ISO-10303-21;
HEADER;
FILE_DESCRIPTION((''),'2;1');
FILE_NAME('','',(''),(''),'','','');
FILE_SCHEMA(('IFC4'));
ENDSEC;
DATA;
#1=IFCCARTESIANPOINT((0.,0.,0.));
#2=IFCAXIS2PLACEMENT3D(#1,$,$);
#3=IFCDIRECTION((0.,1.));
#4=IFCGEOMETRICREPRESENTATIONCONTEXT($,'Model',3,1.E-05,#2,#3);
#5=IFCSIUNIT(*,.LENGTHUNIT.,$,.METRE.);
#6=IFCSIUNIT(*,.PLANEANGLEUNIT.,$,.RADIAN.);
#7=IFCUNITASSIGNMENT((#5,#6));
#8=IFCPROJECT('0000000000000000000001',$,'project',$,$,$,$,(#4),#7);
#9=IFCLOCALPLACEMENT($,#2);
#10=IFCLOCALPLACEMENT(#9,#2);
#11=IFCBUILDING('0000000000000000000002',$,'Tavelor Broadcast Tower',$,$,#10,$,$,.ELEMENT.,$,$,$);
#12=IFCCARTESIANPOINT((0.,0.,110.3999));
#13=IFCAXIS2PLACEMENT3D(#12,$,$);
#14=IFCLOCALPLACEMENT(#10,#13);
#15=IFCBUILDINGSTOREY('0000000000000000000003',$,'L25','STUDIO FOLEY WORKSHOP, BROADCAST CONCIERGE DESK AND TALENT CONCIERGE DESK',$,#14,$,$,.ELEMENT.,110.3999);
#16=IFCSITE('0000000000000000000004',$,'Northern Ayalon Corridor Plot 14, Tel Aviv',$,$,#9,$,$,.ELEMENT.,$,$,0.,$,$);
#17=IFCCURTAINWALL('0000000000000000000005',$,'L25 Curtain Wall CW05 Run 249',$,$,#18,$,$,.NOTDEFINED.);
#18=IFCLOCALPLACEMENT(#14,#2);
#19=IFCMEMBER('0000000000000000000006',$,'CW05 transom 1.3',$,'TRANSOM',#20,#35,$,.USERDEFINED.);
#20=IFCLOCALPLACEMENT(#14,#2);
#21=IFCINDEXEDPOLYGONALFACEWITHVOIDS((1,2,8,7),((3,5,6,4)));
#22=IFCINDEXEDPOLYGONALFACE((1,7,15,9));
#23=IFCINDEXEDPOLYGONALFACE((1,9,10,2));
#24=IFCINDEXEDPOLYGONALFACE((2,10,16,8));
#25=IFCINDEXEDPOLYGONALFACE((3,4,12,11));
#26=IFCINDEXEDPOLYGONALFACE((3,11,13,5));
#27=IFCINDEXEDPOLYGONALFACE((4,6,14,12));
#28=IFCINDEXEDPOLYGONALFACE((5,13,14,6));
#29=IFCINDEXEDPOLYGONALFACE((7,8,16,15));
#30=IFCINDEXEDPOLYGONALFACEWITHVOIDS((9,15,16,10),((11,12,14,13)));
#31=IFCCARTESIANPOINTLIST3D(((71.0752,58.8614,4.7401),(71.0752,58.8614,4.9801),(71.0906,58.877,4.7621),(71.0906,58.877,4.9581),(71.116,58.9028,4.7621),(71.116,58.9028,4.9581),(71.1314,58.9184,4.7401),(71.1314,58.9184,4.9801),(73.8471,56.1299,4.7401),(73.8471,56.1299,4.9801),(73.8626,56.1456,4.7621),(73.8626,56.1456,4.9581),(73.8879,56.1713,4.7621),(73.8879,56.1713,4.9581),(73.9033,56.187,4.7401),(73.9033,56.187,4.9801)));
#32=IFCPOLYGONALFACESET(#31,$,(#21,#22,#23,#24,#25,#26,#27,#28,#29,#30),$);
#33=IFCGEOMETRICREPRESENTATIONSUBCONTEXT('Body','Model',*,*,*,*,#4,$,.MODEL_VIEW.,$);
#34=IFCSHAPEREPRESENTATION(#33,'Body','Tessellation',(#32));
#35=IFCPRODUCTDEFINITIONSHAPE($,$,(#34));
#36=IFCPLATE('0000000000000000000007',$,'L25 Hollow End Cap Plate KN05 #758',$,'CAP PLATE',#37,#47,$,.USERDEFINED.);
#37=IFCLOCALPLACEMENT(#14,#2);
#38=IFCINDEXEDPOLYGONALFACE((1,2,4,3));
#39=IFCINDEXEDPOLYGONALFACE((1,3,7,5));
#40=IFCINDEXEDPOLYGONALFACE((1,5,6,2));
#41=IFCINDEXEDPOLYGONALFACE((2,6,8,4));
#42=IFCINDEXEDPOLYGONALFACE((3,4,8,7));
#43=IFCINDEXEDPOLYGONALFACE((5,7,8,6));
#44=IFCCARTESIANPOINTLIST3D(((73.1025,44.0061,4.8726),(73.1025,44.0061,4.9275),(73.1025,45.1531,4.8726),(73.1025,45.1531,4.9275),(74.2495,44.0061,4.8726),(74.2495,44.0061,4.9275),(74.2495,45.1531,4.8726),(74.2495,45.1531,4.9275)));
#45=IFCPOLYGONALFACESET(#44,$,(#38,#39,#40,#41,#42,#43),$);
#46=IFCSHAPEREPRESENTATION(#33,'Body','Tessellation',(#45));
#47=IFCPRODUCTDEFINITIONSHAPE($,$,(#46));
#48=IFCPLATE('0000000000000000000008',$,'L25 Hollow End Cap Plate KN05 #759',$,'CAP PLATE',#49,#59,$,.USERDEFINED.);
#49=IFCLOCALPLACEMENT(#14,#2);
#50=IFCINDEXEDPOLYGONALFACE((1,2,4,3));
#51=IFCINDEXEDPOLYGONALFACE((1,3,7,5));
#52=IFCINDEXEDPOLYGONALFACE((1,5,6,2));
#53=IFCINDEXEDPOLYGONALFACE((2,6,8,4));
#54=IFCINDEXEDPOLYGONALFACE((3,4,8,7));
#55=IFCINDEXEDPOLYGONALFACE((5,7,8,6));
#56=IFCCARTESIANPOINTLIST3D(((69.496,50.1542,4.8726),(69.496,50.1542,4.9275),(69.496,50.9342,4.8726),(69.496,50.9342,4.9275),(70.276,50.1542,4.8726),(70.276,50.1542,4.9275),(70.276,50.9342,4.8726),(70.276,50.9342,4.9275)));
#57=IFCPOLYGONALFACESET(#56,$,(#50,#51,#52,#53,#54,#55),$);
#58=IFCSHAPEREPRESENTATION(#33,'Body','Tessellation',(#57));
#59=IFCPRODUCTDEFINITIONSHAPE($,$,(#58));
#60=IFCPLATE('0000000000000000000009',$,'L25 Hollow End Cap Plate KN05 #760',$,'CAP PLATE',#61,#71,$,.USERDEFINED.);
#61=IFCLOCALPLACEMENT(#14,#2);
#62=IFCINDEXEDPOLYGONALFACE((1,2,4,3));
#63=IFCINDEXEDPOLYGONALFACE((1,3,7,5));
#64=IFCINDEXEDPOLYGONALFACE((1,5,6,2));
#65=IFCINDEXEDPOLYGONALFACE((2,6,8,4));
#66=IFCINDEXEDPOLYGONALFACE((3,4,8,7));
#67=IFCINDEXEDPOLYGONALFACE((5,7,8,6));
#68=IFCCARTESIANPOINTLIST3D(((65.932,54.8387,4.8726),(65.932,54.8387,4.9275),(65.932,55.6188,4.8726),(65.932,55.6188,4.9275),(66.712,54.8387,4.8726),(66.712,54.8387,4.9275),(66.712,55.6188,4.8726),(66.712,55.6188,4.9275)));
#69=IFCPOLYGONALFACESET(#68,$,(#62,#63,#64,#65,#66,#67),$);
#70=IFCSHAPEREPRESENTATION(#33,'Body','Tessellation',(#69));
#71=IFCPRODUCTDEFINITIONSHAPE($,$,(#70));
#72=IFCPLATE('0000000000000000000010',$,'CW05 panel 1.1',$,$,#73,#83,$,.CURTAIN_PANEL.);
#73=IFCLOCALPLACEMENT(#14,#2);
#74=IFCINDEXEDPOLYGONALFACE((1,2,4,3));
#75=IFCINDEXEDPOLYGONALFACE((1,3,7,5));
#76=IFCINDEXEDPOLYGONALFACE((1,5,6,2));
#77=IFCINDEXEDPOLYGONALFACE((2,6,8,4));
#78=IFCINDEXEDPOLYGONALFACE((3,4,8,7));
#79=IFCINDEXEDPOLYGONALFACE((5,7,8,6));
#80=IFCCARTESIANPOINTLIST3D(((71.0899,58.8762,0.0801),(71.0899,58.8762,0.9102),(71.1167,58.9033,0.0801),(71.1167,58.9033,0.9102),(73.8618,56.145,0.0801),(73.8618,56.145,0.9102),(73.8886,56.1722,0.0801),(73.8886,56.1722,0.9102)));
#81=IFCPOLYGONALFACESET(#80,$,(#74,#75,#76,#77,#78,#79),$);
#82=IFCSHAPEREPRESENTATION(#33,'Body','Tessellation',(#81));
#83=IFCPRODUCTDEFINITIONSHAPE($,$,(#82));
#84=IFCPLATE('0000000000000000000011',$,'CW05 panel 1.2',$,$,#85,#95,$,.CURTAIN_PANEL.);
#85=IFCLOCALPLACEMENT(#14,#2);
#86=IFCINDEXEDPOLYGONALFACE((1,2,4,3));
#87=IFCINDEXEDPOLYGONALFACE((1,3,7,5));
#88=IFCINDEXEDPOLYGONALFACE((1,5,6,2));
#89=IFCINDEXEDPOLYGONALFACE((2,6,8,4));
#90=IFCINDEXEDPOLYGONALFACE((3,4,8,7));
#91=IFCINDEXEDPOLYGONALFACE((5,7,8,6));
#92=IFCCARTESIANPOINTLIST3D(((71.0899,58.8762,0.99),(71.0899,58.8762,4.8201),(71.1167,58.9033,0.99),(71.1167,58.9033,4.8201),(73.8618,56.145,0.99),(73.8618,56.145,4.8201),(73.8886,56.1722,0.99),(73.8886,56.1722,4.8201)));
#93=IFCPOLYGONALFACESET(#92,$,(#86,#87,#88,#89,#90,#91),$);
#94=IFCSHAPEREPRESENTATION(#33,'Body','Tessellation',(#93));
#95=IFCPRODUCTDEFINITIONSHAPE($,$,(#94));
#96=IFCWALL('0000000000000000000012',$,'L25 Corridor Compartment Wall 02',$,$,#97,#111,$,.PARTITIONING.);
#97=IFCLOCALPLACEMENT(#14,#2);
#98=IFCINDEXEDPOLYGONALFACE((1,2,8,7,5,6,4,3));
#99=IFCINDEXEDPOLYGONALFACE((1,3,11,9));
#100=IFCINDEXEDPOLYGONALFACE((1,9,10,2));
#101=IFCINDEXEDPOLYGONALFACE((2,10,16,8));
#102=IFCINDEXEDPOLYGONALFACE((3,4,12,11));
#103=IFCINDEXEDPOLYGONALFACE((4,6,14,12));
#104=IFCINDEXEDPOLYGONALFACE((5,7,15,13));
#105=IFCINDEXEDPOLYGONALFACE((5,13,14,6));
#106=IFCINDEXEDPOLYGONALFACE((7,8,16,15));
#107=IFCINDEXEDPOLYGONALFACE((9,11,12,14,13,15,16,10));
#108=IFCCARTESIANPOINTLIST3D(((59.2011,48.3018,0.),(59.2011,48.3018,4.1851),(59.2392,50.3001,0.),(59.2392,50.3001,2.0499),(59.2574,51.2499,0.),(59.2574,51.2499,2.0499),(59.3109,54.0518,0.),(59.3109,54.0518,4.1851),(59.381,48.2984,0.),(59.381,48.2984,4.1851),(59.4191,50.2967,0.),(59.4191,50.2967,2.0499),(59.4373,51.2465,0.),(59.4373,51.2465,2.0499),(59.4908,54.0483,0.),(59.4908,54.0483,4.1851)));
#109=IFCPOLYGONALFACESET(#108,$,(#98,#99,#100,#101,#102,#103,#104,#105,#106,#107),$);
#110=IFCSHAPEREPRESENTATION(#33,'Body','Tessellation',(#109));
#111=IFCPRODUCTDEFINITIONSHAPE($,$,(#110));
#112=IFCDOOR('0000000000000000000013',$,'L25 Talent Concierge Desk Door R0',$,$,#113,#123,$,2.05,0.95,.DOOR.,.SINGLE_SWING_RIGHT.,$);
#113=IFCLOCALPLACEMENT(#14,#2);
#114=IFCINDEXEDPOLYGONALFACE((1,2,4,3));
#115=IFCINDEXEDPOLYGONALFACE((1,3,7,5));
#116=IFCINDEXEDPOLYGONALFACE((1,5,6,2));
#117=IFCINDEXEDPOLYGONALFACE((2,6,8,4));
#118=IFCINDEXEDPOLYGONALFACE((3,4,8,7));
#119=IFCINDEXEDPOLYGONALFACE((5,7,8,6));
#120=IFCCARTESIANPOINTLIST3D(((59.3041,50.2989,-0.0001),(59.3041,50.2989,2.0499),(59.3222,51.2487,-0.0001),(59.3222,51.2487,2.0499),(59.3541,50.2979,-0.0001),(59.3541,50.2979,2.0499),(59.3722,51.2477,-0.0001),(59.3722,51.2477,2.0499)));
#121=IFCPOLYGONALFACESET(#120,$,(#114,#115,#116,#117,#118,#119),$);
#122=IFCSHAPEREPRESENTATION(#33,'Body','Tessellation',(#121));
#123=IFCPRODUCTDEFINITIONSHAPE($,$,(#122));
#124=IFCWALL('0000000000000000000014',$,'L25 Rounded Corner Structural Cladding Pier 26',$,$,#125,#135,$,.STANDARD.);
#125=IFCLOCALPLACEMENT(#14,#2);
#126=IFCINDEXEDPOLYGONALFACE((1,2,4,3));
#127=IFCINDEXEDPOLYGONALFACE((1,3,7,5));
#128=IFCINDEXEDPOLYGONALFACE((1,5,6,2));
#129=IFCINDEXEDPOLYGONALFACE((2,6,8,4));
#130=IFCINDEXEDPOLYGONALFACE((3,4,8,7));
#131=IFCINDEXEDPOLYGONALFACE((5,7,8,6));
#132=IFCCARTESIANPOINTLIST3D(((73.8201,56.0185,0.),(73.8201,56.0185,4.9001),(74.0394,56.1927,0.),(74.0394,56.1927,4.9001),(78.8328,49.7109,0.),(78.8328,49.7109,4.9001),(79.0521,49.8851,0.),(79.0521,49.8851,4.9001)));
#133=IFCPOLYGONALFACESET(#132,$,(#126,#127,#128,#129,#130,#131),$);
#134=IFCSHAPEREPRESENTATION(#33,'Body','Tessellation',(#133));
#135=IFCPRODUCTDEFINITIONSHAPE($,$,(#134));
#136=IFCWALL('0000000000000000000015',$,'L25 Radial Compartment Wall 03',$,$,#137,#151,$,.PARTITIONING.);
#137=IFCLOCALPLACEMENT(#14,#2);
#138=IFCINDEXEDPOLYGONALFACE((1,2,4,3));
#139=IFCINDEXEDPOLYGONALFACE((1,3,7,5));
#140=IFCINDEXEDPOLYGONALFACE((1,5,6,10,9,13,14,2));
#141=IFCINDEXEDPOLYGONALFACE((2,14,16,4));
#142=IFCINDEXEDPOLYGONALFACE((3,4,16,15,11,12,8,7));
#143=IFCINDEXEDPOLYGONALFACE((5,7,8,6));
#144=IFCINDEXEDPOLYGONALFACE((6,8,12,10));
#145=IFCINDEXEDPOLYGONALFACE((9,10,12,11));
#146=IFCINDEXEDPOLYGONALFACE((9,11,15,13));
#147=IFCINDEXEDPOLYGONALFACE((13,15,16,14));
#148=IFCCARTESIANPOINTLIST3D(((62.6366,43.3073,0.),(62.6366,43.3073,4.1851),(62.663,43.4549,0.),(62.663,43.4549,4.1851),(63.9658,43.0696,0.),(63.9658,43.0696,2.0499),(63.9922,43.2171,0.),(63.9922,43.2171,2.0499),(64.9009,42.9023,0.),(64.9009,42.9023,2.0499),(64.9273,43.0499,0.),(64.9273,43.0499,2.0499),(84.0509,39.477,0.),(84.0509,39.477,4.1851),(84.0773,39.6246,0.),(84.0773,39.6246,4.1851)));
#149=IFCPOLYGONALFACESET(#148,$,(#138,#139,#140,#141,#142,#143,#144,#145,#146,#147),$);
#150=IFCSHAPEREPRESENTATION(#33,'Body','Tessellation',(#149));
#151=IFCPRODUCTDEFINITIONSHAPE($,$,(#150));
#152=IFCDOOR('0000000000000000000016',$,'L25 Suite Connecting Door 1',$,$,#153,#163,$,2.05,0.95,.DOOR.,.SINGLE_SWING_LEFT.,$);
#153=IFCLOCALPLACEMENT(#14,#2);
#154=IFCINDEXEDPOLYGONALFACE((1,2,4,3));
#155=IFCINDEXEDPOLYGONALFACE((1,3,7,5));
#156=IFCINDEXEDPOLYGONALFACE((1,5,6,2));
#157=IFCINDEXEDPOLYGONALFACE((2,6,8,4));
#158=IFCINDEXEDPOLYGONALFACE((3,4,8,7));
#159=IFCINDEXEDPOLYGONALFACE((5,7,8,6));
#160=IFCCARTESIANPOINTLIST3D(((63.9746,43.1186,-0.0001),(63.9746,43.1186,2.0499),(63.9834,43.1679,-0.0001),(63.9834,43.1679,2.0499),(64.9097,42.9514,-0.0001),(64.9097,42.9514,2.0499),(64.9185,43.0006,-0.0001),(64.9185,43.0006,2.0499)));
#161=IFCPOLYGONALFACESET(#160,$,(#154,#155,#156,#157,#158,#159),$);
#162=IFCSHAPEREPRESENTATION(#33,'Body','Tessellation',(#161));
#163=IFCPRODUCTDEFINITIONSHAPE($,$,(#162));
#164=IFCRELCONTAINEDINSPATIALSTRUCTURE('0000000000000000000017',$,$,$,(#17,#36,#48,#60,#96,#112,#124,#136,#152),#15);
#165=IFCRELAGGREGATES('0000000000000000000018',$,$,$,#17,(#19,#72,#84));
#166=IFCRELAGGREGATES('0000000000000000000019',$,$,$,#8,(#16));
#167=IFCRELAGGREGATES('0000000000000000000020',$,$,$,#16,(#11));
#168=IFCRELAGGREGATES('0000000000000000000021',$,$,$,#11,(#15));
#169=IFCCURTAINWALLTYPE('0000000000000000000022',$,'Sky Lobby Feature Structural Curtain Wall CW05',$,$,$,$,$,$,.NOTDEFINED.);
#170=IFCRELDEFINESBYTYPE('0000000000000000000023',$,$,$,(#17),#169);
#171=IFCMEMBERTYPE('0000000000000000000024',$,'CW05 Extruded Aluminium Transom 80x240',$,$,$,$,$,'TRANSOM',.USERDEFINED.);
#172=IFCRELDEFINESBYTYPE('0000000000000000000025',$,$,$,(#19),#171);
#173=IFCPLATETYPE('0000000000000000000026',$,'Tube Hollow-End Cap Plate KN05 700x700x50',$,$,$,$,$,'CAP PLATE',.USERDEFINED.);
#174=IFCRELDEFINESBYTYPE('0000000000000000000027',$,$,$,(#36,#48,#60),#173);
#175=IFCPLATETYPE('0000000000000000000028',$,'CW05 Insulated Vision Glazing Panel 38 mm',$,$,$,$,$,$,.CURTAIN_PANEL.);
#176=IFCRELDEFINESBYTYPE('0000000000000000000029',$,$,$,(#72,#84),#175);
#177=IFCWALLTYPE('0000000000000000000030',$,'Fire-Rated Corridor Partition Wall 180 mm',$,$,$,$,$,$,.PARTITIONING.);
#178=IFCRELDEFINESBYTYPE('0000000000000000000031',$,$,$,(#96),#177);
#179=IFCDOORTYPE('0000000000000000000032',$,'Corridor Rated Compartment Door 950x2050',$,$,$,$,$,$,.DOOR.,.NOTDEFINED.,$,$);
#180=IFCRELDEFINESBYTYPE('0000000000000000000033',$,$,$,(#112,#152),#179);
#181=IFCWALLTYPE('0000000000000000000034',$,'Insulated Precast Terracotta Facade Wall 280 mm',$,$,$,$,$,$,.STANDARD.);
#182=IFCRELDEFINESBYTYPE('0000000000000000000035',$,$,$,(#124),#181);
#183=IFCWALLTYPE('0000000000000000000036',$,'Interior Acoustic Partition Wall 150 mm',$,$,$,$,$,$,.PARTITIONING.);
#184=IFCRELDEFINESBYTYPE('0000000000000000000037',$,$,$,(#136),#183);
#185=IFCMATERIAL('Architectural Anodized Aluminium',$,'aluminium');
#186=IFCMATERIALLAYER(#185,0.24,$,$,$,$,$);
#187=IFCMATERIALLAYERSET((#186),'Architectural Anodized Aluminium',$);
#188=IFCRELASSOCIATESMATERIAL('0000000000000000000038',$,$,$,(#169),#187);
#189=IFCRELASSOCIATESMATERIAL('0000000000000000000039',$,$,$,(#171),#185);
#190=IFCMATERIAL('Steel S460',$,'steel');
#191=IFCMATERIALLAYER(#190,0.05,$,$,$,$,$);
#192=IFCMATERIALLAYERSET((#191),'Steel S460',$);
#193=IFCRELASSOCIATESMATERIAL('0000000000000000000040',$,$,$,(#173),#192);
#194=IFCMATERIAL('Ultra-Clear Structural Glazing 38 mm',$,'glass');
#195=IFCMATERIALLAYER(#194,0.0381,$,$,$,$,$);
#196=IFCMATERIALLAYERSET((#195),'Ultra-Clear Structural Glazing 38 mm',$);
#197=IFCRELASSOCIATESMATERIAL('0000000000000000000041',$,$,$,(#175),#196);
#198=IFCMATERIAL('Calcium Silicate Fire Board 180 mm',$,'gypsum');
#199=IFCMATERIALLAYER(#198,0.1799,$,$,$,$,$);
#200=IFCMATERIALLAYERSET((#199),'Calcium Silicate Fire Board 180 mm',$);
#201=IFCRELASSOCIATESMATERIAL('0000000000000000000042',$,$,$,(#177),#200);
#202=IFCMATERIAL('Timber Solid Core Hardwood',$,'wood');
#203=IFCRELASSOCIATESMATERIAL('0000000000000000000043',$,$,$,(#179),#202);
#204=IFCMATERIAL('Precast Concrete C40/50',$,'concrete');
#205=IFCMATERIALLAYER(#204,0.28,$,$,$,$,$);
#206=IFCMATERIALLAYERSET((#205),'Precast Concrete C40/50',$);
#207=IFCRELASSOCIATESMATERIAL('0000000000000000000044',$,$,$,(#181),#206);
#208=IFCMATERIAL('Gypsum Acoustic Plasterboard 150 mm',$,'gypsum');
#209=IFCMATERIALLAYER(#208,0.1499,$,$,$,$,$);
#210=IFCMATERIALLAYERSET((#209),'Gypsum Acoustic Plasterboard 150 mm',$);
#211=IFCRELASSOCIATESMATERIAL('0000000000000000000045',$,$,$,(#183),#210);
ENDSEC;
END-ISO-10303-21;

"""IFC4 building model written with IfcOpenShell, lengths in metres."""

from ifc_helpers import new_model, si_unit, direction, frame, frame_2d, origin, origin_2d, place, context, subcontext, project, spatial, rectangle, hollow_rectangle, extrude, source, transform, mapped, material, layer, layer_set, material_profile, profile_set, type_object, type_shapes, element, fill, aggregate, save


model = new_model("IFC4")

# Units and contexts
model_context = context("Model", 3, precision=1e-05, world=origin(), true_north=direction((0.0, 1.0)))
body_context = subcontext(model_context, "Body", "Model", "MODEL_VIEW")
ifc_project = project(units=[si_unit("LENGTHUNIT", "METRE"), si_unit("PLANEANGLEUNIT", "RADIAN")], contexts=[model_context])

# Site, building, storey
site_placement = place(None, origin())
site = spatial("IfcSite", under=ifc_project, at=site_placement, Name="Northern Ayalon Corridor Plot 14, Tel Aviv", CompositionType="ELEMENT", RefElevation=0.0)
building_placement = place(site_placement, origin())
building = spatial("IfcBuilding", under=site, at=building_placement, Name="Tavelor Broadcast Tower", CompositionType="ELEMENT")
storey_placement = place(building_placement, frame((0.0, 0.0, 110.3999)))
storey = spatial("IfcBuildingStorey", under=building, at=storey_placement, Name="L25", Description="STUDIO FOLEY WORKSHOP, BROADCAST CONCIERGE DESK AND TALENT CONCIERGE DESK", CompositionType="ELEMENT", Elevation=110.3999)

# Shared definitions
ifc_material_1 = material(Name="Steel S460", Category="steel")

# Curtain wall, member
ifc_material_2 = material(Name="Architectural Anodized Aluminium", Category="aluminium")
ifc_layer_1 = layer(ifc_material_2, 0.24)
ifc_layer_set_1 = layer_set([ifc_layer_1], Name="Architectural Anodized Aluminium")
curtain_wall_type = type_object("IfcCurtainWallType", Name="Sky Lobby Feature Structural Curtain Wall CW05", PredefinedType="NOTDEFINED", material=ifc_layer_set_1)
curtain_wall_placement = place(storey_placement, origin())
curtain_wall = element("IfcCurtainWall", 1, at=curtain_wall_placement, inside=storey, type_object=curtain_wall_type, Name="L25 Curtain Wall CW05 Run 249", PredefinedType="NOTDEFINED")
ifc_material_profile_1 = material_profile(ifc_material_2, hollow_rectangle(XDim=0.0801, YDim=0.24, WallThickness=0.022, at=origin_2d()), Name="RHS 80x240x22")
ifc_profile_set_1 = profile_set([ifc_material_profile_1], Name="Architectural Anodized Aluminium")
member_type_1 = type_object("IfcMemberType", Name="CW05 Extruded Aluminium Transom 80x240", ElementType="TRANSOM", PredefinedType="USERDEFINED", material=ifc_profile_set_1)
shared_shape_1 = source(origin(), body_context, "Body", "SweptSolid", [
    extrude(hollow_rectangle(XDim=0.0801, YDim=0.24, WallThickness=0.022, at=origin_2d()), origin(), (0.0, 0.0, 1.0), 3.8916),
])
member_1_placement = place(storey_placement, frame((73.8752, 56.1584, 4.8601), z_axis=(-0.712295, 0.701881, 0.0), x_axis=(-0.701881, -0.712295, 0.0)))
member_1 = element("IfcMember", 2, at=member_1_placement, type_object=member_type_1, Name="CW05 transom 1.3", ObjectType="TRANSOM", PredefinedType="USERDEFINED", context=body_context, shape_type="MappedRepresentation", body=[
    mapped(shared_shape_1, transform((0.0, 0.0, 0.0), scale=1.0)),
])

# Plates
ifc_layer_2 = layer(ifc_material_1, 0.05)
ifc_layer_set_2 = layer_set([ifc_layer_2], Name="Steel S460")
plate_type_1 = type_object("IfcPlateType", Name="Tube Hollow-End Cap Plate KN05 700x700x50", ElementType="CAP PLATE", PredefinedType="USERDEFINED", material=ifc_layer_set_2)
shared_shape_2 = source(origin(), body_context, "Body", "SweptSolid", [
    extrude(rectangle(XDim=1.147, YDim=1.147, at=origin_2d()), origin(), (0.0, 0.0, 1.0), 0.0549),
])
plate_1_placement = place(storey_placement, frame((73.676, 44.5796, 4.8726), z_axis=(0.0, 0.0, 1.0), x_axis=(1.0, 0.0, 0.0)))
element("IfcPlate", 3, at=plate_1_placement, inside=storey, type_object=plate_type_1, Name="L25 Hollow End Cap Plate KN05 #758", ObjectType="CAP PLATE", PredefinedType="USERDEFINED", context=body_context, shape_type="MappedRepresentation", body=[
    mapped(shared_shape_2, transform((0.0, 0.0, 0.0), scale=1.0)),
])
shared_shape_3 = source(origin(), body_context, "Body", "SweptSolid", [
    extrude(rectangle(XDim=0.78, YDim=0.78, at=origin_2d()), origin(), (0.0, 0.0, 1.0), 0.0549),
])
type_shapes(plate_type_1, [shared_shape_2, shared_shape_3])
for number, where, z_axis, x_axis, name in (
    (4, (69.886, 50.5442, 4.8726), (0.0, 0.0, 1.0), (1.0, 0.0, 0.0), "L25 Hollow End Cap Plate KN05 #759"),
    (5, (66.322, 55.2288, 4.8726), (0.0, 0.0, 1.0), (1.0, 0.0, 0.0), "L25 Hollow End Cap Plate KN05 #760"),
):
    element("IfcPlate", number, at=place(storey_placement, frame(where, z_axis=z_axis, x_axis=x_axis)), inside=storey, type_object=plate_type_1, Name=name, ObjectType="CAP PLATE", PredefinedType="USERDEFINED", context=body_context, shape_type="MappedRepresentation", body=[
        mapped(shared_shape_3, transform((0.0, 0.0, 0.0), scale=1.0)),
    ])

# Plates
ifc_material_3 = material(Name="Ultra-Clear Structural Glazing 38 mm", Category="glass")
ifc_layer_3 = layer(ifc_material_3, 0.0381)
ifc_layer_set_3 = layer_set([ifc_layer_3], Name="Ultra-Clear Structural Glazing 38 mm")
plate_type_2 = type_object("IfcPlateType", Name="CW05 Insulated Vision Glazing Panel 38 mm", PredefinedType="CURTAIN_PANEL", material=ifc_layer_set_3)
shared_shape_4 = source(origin(), body_context, "Body", "SweptSolid", [
    extrude(rectangle(XDim=3.8914, YDim=0.0381, at=origin_2d()), origin(), (0.0, 0.0, 1.0), 0.8301),
])
plate_2_placement = place(storey_placement, frame((72.4893, 57.5242, 0.0801), z_axis=(0.0, 0.0, 1.0), x_axis=(-0.712322, 0.701852, 0.0)))
plate_2 = element("IfcPlate", 6, at=plate_2_placement, type_object=plate_type_2, Name="CW05 panel 1.1", PredefinedType="CURTAIN_PANEL", context=body_context, shape_type="MappedRepresentation", body=[
    mapped(shared_shape_4, transform((0.0, 0.0, 0.0), scale=1.0)),
])
shared_shape_5 = source(origin(), body_context, "Body", "SweptSolid", [
    extrude(rectangle(XDim=3.8914, YDim=0.0381, at=origin_2d()), origin(), (0.0, 0.0, 1.0), 3.8301),
])
type_shapes(plate_type_2, [shared_shape_4, shared_shape_5])
plate_3_placement = place(storey_placement, frame((72.4893, 57.5242, 0.99), z_axis=(0.0, 0.0, 1.0), x_axis=(-0.712322, 0.701852, 0.0)))
plate_3 = element("IfcPlate", 7, at=plate_3_placement, type_object=plate_type_2, Name="CW05 panel 1.2", PredefinedType="CURTAIN_PANEL", context=body_context, shape_type="MappedRepresentation", body=[
    mapped(shared_shape_5, transform((0.0, 0.0, 0.0), scale=1.0)),
])
aggregate(curtain_wall, [member_1, plate_2, plate_3])

# Wall, opening, door
ifc_material_4 = material(Name="Calcium Silicate Fire Board 180 mm", Category="gypsum")
ifc_layer_4 = layer(ifc_material_4, 0.1799)
ifc_layer_set_4 = layer_set([ifc_layer_4], Name="Calcium Silicate Fire Board 180 mm")
wall_type_1 = type_object("IfcWallType", Name="Fire-Rated Corridor Partition Wall 180 mm", PredefinedType="PARTITIONING", material=ifc_layer_set_4)
wall_1_placement = place(storey_placement, frame((59.4009, 54.05, 0.0), z_axis=(0.0, 0.0, 1.0), x_axis=(-0.019103, -0.999818, 0.0)))
wall_1 = element("IfcWall", 8, at=wall_1_placement, inside=storey, type_object=wall_type_1, Name="L25 Corridor Compartment Wall 02", PredefinedType="PARTITIONING", context=body_context, shape_type="SweptSolid", body=[
    extrude(rectangle(XDim=5.751, YDim=0.1799, at=frame_2d((2.8755, 0.0))), origin(), (0.0, 0.0, 1.0), 4.1851),
])
opening_1_placement = place(wall_1_placement, frame((2.8022, 0.0, 0.0)))
opening_1 = element("IfcOpeningElement", 9, at=opening_1_placement, cuts=wall_1, PredefinedType="OPENING", context=body_context, shape_type="SweptSolid", body=[
    extrude(rectangle(XDim=0.95, YDim=2.05, at=frame_2d((0.4751, 1.0249))), frame((0.0, 0.1001, 0.0), z_axis=(0.0, -1.0, 0.0), x_axis=(1.0, 0.0, 0.0)), (0.0, 0.0, 1.0), 0.2),
])
ifc_material_5 = material(Name="Timber Solid Core Hardwood", Category="wood")
door_type = type_object("IfcDoorType", Name="Corridor Rated Compartment Door 950x2050", OperationType="NOTDEFINED", PredefinedType="DOOR", material=ifc_material_5)
door_1_placement = place(opening_1_placement, origin())
door_1 = element("IfcDoor", 10, at=door_1_placement, inside=storey, type_object=door_type, Name="L25 Talent Concierge Desk Door R0", OperationType="SINGLE_SWING_RIGHT", OverallHeight=2.05, OverallWidth=0.95, PredefinedType="DOOR", context=body_context, shape_type="SweptSolid", body=[
    extrude(rectangle(XDim=0.95, YDim=2.05, at=frame_2d((0.4751, 1.0249))), frame((0.0, 0.0249, 0.0), z_axis=(0.0, -1.0, 0.0), x_axis=(1.0, 0.0, 0.0)), (0.0, 0.0, 1.0), 0.05),
])
fill(opening_1, door_1)

# Wall
ifc_material_6 = material(Name="Precast Concrete C40/50", Category="concrete")
ifc_layer_5 = layer(ifc_material_6, 0.28)
ifc_layer_set_5 = layer_set([ifc_layer_5], Name="Precast Concrete C40/50")
wall_type_2 = type_object("IfcWallType", Name="Insulated Precast Terracotta Facade Wall 280 mm", PredefinedType="STANDARD", material=ifc_layer_set_5)
wall_2_placement = place(storey_placement, frame((78.9424, 49.7981, 0.0), z_axis=(0.0, 0.0, 1.0), x_axis=(-0.622164, 0.782887, 0.0)))
element("IfcWall", 11, at=wall_2_placement, inside=storey, type_object=wall_type_2, Name="L25 Rounded Corner Structural Cladding Pier 26", PredefinedType="STANDARD", context=body_context, shape_type="SweptSolid", body=[
    extrude(rectangle(XDim=8.0569, YDim=0.28, at=frame_2d((4.0283, 0.0))), origin(), (0.0, 0.0, 1.0), 4.9001),
])

# Wall, opening, door
ifc_material_7 = material(Name="Gypsum Acoustic Plasterboard 150 mm", Category="gypsum")
ifc_layer_6 = layer(ifc_material_7, 0.1499)
ifc_layer_set_6 = layer_set([ifc_layer_6], Name="Gypsum Acoustic Plasterboard 150 mm")
wall_type_3 = type_object("IfcWallType", Name="Interior Acoustic Partition Wall 150 mm", PredefinedType="PARTITIONING", material=ifc_layer_set_6)
wall_3_placement = place(storey_placement, frame((62.6499, 43.3811, 0.0), z_axis=(0.0, 0.0, 1.0), x_axis=(0.984377, -0.176073, 0.0)))
wall_3 = element("IfcWall", 12, at=wall_3_placement, inside=storey, type_object=wall_type_3, Name="L25 Radial Compartment Wall 03", PredefinedType="PARTITIONING", context=body_context, shape_type="SweptSolid", body=[
    extrude(rectangle(XDim=21.7542, YDim=0.1499, at=frame_2d((10.877, 0.0))), origin(), (0.0, 0.0, 1.0), 4.1851),
])
opening_2_placement = place(wall_3_placement, frame((1.3501, 0.0, 0.0)))
opening_2 = element("IfcOpeningElement", 13, at=opening_2_placement, cuts=wall_3, PredefinedType="OPENING", context=body_context, shape_type="SweptSolid", body=[
    extrude(rectangle(XDim=0.95, YDim=2.05, at=frame_2d((0.4751, 1.0249))), frame((0.0, 0.085, 0.0), z_axis=(0.0, -1.0, 0.0), x_axis=(1.0, 0.0, 0.0)), (0.0, 0.0, 1.0), 0.1699),
])
door_2_placement = place(opening_2_placement, origin())
door_2 = element("IfcDoor", 14, at=door_2_placement, inside=storey, type_object=door_type, Name="L25 Suite Connecting Door 1", OperationType="SINGLE_SWING_LEFT", OverallHeight=2.05, OverallWidth=0.95, PredefinedType="DOOR", context=body_context, shape_type="SweptSolid", body=[
    extrude(rectangle(XDim=0.95, YDim=2.05, at=frame_2d((0.4751, 1.0249))), frame((0.0, 0.0249, 0.0), z_axis=(0.0, -1.0, 0.0), x_axis=(1.0, 0.0, 0.0)), (0.0, 0.0, 1.0), 0.05),
])
fill(opening_2, door_2)

save(model, "model.ifc")
